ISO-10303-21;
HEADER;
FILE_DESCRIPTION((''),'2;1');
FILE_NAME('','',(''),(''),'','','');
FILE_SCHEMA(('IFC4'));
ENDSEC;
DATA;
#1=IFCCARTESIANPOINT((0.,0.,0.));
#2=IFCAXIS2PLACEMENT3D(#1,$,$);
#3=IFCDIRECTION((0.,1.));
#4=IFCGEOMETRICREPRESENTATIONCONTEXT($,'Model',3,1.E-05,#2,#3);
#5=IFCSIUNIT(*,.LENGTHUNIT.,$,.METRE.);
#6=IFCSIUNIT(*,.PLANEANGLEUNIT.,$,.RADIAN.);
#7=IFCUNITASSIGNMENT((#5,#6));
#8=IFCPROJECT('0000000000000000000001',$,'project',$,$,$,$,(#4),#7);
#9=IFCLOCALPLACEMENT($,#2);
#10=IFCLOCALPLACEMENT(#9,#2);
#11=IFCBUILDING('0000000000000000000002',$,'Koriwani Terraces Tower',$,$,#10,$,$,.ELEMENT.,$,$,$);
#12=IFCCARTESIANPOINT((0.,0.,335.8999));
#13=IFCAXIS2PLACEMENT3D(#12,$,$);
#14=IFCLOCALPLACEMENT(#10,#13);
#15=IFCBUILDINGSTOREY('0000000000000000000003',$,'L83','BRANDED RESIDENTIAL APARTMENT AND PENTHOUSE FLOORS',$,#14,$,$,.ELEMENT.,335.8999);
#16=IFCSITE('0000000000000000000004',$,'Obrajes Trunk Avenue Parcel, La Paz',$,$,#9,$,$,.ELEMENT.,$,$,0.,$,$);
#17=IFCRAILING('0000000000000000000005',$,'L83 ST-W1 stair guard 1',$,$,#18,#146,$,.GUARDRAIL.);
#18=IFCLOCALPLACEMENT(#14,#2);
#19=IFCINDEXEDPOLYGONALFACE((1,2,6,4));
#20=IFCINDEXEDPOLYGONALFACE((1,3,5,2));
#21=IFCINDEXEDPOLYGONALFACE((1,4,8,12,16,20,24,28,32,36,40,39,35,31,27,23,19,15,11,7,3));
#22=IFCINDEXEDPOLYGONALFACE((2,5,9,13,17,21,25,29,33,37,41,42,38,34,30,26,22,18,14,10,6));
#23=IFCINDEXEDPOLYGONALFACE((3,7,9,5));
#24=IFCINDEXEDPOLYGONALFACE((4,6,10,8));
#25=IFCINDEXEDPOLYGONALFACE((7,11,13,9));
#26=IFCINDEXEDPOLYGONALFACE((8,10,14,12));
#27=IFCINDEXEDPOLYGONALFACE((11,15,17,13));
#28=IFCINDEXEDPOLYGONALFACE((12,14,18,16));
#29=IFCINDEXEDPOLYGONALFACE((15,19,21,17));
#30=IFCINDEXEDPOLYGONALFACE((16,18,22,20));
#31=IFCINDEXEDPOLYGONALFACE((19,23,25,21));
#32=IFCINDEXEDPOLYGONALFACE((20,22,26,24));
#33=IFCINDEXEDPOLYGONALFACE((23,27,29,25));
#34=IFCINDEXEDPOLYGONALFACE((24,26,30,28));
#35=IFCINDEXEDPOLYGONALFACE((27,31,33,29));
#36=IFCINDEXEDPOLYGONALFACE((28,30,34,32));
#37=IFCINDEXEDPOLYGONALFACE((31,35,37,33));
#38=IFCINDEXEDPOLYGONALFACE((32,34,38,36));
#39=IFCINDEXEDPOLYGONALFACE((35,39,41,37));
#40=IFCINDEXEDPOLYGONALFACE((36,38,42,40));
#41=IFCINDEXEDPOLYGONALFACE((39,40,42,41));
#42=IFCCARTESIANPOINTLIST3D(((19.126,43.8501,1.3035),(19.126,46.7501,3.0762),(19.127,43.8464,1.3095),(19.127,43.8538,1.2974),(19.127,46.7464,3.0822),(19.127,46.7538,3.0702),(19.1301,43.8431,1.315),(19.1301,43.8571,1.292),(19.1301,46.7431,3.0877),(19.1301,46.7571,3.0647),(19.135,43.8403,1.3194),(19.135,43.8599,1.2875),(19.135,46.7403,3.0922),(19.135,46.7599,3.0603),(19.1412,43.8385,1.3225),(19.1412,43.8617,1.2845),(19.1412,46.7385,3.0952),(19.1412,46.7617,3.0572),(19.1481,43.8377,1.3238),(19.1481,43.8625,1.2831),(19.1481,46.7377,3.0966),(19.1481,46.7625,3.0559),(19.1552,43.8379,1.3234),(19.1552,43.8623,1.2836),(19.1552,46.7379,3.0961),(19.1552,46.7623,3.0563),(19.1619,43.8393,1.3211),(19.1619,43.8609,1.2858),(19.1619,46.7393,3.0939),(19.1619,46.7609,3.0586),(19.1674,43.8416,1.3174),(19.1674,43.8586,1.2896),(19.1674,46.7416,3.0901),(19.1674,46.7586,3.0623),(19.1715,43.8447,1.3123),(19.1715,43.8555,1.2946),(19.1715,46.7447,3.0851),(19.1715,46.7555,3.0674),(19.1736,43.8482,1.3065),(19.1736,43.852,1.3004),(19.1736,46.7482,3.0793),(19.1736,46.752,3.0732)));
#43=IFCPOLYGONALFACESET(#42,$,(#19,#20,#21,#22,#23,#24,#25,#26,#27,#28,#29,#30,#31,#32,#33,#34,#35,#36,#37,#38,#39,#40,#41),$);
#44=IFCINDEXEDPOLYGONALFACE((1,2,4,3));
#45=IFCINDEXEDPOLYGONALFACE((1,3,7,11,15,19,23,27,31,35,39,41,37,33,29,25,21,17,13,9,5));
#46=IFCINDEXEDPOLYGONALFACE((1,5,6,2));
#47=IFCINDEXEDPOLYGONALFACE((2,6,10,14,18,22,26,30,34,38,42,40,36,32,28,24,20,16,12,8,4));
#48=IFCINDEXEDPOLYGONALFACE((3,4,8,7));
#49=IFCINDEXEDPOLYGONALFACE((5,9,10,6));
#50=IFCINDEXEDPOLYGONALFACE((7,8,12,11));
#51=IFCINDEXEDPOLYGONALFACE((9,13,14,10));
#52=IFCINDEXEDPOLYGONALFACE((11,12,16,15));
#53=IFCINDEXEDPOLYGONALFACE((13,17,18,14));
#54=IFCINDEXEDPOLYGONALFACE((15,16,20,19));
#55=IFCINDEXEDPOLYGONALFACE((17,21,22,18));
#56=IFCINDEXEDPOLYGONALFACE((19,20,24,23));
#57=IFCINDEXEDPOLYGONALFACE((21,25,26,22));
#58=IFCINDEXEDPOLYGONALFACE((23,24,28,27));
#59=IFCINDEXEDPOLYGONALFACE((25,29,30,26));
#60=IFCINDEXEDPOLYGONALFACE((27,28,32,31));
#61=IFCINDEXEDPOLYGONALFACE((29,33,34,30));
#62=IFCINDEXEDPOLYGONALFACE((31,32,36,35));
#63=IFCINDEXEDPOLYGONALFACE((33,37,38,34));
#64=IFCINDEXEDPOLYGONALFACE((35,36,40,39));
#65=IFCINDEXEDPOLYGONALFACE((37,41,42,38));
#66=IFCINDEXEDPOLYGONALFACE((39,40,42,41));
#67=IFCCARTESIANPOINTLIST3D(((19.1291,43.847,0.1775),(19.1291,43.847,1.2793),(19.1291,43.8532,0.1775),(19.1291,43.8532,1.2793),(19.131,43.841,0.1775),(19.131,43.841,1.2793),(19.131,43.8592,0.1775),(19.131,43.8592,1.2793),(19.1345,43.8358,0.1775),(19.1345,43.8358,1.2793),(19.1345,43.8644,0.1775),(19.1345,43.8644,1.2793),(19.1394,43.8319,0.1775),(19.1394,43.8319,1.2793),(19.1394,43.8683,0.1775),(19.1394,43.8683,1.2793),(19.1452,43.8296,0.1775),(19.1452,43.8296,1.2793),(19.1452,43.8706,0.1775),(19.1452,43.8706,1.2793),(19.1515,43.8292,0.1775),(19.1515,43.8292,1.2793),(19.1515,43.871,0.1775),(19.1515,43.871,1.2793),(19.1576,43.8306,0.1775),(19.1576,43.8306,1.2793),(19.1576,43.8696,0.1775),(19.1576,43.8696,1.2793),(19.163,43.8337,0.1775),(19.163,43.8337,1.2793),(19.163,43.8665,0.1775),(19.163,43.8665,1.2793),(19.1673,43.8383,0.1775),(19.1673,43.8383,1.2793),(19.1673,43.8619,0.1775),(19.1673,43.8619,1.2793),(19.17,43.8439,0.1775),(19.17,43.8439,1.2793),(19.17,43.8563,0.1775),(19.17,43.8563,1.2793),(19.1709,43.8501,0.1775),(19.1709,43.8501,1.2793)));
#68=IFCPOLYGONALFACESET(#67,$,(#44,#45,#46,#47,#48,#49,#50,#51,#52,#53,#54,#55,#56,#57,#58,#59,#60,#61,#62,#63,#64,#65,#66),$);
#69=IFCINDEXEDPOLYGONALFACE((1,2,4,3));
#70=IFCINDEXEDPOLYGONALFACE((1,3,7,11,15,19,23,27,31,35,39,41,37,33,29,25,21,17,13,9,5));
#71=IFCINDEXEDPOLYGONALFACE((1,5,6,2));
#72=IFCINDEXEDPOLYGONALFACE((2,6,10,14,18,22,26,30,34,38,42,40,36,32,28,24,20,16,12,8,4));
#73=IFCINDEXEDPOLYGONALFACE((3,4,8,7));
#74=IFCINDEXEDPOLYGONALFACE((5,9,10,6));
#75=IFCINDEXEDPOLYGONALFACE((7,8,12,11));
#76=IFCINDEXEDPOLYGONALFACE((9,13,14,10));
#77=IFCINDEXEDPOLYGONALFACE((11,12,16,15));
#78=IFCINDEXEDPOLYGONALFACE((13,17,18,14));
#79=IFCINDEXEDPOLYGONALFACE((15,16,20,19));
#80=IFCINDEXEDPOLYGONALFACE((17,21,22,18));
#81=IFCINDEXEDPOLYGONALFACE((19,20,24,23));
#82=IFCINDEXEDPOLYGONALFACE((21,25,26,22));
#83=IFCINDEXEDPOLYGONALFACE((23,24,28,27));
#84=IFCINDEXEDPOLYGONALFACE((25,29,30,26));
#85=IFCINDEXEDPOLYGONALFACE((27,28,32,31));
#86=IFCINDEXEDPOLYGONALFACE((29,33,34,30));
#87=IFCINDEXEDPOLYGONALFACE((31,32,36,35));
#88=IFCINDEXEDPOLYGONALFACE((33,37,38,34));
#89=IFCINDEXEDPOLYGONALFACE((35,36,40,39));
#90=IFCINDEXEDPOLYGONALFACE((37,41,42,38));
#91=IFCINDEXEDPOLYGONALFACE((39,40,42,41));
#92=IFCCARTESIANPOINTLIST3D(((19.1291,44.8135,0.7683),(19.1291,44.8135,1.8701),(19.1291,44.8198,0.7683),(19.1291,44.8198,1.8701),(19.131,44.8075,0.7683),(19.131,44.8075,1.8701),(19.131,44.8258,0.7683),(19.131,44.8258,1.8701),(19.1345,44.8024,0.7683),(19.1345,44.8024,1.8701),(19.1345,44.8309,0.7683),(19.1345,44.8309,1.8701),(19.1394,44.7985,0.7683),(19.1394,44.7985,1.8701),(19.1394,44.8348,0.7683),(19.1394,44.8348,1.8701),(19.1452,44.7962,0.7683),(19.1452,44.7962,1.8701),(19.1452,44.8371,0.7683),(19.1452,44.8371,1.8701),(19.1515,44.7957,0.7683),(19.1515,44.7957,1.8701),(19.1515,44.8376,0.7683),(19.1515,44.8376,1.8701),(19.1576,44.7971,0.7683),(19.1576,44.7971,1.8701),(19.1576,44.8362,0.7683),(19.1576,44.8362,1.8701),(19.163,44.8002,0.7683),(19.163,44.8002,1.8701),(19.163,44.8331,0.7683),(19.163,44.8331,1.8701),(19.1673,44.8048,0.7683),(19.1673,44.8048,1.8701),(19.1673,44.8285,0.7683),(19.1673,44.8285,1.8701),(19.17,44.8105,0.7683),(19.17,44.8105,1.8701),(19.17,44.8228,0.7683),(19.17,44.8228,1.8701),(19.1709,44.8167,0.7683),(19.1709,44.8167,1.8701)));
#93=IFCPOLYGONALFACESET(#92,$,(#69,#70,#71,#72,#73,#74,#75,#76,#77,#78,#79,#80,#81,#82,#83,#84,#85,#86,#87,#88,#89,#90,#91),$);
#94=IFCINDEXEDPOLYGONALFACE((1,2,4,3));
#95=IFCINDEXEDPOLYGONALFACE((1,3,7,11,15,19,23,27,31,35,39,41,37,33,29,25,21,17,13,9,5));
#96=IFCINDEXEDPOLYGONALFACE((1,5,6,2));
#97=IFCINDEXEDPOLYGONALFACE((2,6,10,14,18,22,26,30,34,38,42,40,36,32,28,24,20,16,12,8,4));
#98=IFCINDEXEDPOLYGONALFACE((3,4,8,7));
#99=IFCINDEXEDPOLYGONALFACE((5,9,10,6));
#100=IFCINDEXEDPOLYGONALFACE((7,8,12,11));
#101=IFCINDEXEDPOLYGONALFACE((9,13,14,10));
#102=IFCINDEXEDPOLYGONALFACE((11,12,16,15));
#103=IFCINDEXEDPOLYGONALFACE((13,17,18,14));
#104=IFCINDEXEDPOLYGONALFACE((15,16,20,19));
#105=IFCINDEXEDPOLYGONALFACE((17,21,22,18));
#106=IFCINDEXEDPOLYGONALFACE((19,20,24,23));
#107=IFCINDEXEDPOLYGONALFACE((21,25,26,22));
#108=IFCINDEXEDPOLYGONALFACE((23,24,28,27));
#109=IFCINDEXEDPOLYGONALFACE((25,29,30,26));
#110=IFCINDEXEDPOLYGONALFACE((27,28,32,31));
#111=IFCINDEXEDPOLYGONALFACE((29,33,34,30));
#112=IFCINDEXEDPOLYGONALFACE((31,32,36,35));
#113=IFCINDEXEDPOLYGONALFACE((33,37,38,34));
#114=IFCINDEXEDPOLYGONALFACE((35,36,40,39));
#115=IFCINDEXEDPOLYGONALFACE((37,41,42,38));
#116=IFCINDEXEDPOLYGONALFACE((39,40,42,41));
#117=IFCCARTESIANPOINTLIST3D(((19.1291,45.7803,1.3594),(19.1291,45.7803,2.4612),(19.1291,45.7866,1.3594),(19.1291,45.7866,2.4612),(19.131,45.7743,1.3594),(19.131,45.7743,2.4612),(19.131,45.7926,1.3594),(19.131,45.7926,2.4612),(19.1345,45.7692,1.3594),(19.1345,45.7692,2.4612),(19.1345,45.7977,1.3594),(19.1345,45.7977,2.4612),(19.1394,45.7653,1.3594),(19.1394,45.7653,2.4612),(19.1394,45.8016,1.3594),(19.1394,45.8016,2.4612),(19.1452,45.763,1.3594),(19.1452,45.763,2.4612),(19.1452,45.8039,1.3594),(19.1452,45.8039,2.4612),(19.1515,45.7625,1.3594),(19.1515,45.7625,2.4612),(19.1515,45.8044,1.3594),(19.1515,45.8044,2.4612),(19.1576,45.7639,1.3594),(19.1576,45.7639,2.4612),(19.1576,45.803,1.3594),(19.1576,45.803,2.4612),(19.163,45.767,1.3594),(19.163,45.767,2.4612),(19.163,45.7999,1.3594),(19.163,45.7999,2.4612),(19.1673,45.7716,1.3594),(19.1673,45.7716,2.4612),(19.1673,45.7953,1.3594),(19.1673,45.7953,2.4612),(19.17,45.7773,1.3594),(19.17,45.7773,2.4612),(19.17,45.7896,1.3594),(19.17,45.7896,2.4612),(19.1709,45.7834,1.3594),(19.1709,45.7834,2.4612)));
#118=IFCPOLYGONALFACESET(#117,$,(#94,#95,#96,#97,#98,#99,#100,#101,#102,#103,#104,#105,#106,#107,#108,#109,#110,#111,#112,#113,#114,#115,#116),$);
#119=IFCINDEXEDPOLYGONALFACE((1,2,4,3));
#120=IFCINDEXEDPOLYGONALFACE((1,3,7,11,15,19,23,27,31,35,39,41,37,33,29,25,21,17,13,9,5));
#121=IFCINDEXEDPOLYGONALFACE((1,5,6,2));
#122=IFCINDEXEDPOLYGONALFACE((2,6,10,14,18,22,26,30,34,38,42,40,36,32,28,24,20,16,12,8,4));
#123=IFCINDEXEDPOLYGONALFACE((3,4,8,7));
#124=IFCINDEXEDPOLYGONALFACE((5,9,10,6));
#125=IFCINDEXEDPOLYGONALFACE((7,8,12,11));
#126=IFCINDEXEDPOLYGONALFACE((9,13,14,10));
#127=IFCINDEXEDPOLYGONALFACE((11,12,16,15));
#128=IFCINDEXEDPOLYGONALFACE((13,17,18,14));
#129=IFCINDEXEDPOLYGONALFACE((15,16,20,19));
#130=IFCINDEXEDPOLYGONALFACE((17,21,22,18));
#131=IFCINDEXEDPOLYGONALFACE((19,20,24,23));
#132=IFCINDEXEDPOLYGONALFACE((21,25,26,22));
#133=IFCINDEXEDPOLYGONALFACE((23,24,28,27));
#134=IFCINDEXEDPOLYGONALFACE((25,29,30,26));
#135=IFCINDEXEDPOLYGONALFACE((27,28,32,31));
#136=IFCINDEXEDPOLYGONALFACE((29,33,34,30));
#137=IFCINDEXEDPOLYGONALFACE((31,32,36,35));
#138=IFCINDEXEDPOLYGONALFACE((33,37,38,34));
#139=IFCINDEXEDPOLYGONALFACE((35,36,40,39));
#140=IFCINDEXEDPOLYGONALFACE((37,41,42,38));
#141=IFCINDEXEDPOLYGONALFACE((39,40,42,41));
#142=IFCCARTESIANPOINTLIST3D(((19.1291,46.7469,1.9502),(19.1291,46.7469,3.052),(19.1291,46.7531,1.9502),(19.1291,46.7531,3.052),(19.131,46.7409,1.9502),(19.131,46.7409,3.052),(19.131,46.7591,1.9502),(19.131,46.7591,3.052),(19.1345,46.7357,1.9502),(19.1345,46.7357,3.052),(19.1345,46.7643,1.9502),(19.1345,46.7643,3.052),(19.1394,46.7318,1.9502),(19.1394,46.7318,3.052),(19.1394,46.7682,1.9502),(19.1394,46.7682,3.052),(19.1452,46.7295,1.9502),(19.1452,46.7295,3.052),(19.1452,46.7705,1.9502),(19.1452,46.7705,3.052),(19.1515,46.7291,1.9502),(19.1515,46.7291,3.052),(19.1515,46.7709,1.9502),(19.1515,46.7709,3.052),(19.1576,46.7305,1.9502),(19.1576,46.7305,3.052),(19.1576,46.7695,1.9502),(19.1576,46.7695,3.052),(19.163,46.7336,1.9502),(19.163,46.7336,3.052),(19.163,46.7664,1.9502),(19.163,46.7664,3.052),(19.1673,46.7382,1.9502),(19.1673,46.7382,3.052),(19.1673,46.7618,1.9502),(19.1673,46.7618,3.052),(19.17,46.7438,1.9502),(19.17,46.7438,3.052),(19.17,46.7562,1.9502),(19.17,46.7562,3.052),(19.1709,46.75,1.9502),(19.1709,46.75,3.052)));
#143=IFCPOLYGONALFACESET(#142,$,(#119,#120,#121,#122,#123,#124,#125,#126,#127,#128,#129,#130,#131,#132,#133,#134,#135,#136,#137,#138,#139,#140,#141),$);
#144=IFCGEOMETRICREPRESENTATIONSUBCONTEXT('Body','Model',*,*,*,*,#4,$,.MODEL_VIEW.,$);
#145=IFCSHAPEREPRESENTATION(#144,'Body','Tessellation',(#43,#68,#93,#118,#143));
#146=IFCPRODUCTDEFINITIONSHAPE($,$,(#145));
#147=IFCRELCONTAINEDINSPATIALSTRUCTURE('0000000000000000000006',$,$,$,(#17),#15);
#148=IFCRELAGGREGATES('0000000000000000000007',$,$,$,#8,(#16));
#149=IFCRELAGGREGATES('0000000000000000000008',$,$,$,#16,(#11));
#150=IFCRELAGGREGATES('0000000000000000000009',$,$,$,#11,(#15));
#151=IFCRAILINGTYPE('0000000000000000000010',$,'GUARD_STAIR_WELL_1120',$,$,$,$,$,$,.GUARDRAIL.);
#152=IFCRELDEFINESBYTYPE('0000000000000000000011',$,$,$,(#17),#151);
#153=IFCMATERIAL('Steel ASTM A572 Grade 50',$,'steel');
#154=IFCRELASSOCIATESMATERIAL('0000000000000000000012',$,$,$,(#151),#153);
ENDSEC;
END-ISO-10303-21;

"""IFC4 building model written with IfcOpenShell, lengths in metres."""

from ifc_helpers import new_model, si_unit, direction, frame, origin, origin_2d, place, context, subcontext, project, spatial, circle, extrude, material, type_object, element, save


model = new_model("IFC4")

# Units and contexts
model_context = context("Model", 3, precision=1e-05, world=origin(), true_north=direction((0.0, 1.0)))
body_context = subcontext(model_context, "Body", "Model", "MODEL_VIEW")
ifc_project = project(units=[si_unit("LENGTHUNIT", "METRE"), si_unit("PLANEANGLEUNIT", "RADIAN")], contexts=[model_context])

# Site, building, storey
site_placement = place(None, origin())
site = spatial("IfcSite", under=ifc_project, at=site_placement, Name="Obrajes Trunk Avenue Parcel, La Paz", CompositionType="ELEMENT", RefElevation=0.0)
building_placement = place(site_placement, origin())
building = spatial("IfcBuilding", under=site, at=building_placement, Name="Koriwani Terraces Tower", CompositionType="ELEMENT")
storey_placement = place(building_placement, frame((0.0, 0.0, 335.8999)))
storey = spatial("IfcBuildingStorey", under=building, at=storey_placement, Name="L83", Description="BRANDED RESIDENTIAL APARTMENT AND PENTHOUSE FLOORS", CompositionType="ELEMENT", Elevation=335.8999)

# Shared definitions
ifc_material_1 = material(Name="Steel ASTM A572 Grade 50", Category="steel")

# Railing
railing_type_1 = type_object("IfcRailingType", Name="GUARD_STAIR_WELL_1120", PredefinedType="GUARDRAIL", material=ifc_material_1)
railing_1_placement = place(storey_placement, frame((19.1499, 43.8501, 0.1775)))
element("IfcRailing", 1, at=railing_1_placement, inside=storey, type_object=railing_type_1, Name="L83 ST-W1 stair guard 1", PredefinedType="GUARDRAIL", context=body_context, shape_type="SweptSolid", body=[
    extrude(circle(Radius=0.0239, at=origin_2d()), frame((0.0, 0.0, 1.126), z_axis=(0.0, 0.853211, 0.521566), x_axis=(-1.0, 0.0, 0.0)), (0.0, 0.0, 1.0), 3.3989),
    extrude(circle(Radius=0.021, at=origin_2d()), origin(), (0.0, 0.0, 1.0), 1.1018),
    extrude(circle(Radius=0.021, at=origin_2d()), frame((0.0, 0.9666, 0.5908)), (0.0, 0.0, 1.0), 1.1018),
    extrude(circle(Radius=0.021, at=origin_2d()), frame((0.0, 1.9333, 1.1819)), (0.0, 0.0, 1.0), 1.1018),
    extrude(circle(Radius=0.021, at=origin_2d()), frame((0.0, 2.8999, 1.7727)), (0.0, 0.0, 1.0), 1.1018),
])

save(model, "model.ifc")
